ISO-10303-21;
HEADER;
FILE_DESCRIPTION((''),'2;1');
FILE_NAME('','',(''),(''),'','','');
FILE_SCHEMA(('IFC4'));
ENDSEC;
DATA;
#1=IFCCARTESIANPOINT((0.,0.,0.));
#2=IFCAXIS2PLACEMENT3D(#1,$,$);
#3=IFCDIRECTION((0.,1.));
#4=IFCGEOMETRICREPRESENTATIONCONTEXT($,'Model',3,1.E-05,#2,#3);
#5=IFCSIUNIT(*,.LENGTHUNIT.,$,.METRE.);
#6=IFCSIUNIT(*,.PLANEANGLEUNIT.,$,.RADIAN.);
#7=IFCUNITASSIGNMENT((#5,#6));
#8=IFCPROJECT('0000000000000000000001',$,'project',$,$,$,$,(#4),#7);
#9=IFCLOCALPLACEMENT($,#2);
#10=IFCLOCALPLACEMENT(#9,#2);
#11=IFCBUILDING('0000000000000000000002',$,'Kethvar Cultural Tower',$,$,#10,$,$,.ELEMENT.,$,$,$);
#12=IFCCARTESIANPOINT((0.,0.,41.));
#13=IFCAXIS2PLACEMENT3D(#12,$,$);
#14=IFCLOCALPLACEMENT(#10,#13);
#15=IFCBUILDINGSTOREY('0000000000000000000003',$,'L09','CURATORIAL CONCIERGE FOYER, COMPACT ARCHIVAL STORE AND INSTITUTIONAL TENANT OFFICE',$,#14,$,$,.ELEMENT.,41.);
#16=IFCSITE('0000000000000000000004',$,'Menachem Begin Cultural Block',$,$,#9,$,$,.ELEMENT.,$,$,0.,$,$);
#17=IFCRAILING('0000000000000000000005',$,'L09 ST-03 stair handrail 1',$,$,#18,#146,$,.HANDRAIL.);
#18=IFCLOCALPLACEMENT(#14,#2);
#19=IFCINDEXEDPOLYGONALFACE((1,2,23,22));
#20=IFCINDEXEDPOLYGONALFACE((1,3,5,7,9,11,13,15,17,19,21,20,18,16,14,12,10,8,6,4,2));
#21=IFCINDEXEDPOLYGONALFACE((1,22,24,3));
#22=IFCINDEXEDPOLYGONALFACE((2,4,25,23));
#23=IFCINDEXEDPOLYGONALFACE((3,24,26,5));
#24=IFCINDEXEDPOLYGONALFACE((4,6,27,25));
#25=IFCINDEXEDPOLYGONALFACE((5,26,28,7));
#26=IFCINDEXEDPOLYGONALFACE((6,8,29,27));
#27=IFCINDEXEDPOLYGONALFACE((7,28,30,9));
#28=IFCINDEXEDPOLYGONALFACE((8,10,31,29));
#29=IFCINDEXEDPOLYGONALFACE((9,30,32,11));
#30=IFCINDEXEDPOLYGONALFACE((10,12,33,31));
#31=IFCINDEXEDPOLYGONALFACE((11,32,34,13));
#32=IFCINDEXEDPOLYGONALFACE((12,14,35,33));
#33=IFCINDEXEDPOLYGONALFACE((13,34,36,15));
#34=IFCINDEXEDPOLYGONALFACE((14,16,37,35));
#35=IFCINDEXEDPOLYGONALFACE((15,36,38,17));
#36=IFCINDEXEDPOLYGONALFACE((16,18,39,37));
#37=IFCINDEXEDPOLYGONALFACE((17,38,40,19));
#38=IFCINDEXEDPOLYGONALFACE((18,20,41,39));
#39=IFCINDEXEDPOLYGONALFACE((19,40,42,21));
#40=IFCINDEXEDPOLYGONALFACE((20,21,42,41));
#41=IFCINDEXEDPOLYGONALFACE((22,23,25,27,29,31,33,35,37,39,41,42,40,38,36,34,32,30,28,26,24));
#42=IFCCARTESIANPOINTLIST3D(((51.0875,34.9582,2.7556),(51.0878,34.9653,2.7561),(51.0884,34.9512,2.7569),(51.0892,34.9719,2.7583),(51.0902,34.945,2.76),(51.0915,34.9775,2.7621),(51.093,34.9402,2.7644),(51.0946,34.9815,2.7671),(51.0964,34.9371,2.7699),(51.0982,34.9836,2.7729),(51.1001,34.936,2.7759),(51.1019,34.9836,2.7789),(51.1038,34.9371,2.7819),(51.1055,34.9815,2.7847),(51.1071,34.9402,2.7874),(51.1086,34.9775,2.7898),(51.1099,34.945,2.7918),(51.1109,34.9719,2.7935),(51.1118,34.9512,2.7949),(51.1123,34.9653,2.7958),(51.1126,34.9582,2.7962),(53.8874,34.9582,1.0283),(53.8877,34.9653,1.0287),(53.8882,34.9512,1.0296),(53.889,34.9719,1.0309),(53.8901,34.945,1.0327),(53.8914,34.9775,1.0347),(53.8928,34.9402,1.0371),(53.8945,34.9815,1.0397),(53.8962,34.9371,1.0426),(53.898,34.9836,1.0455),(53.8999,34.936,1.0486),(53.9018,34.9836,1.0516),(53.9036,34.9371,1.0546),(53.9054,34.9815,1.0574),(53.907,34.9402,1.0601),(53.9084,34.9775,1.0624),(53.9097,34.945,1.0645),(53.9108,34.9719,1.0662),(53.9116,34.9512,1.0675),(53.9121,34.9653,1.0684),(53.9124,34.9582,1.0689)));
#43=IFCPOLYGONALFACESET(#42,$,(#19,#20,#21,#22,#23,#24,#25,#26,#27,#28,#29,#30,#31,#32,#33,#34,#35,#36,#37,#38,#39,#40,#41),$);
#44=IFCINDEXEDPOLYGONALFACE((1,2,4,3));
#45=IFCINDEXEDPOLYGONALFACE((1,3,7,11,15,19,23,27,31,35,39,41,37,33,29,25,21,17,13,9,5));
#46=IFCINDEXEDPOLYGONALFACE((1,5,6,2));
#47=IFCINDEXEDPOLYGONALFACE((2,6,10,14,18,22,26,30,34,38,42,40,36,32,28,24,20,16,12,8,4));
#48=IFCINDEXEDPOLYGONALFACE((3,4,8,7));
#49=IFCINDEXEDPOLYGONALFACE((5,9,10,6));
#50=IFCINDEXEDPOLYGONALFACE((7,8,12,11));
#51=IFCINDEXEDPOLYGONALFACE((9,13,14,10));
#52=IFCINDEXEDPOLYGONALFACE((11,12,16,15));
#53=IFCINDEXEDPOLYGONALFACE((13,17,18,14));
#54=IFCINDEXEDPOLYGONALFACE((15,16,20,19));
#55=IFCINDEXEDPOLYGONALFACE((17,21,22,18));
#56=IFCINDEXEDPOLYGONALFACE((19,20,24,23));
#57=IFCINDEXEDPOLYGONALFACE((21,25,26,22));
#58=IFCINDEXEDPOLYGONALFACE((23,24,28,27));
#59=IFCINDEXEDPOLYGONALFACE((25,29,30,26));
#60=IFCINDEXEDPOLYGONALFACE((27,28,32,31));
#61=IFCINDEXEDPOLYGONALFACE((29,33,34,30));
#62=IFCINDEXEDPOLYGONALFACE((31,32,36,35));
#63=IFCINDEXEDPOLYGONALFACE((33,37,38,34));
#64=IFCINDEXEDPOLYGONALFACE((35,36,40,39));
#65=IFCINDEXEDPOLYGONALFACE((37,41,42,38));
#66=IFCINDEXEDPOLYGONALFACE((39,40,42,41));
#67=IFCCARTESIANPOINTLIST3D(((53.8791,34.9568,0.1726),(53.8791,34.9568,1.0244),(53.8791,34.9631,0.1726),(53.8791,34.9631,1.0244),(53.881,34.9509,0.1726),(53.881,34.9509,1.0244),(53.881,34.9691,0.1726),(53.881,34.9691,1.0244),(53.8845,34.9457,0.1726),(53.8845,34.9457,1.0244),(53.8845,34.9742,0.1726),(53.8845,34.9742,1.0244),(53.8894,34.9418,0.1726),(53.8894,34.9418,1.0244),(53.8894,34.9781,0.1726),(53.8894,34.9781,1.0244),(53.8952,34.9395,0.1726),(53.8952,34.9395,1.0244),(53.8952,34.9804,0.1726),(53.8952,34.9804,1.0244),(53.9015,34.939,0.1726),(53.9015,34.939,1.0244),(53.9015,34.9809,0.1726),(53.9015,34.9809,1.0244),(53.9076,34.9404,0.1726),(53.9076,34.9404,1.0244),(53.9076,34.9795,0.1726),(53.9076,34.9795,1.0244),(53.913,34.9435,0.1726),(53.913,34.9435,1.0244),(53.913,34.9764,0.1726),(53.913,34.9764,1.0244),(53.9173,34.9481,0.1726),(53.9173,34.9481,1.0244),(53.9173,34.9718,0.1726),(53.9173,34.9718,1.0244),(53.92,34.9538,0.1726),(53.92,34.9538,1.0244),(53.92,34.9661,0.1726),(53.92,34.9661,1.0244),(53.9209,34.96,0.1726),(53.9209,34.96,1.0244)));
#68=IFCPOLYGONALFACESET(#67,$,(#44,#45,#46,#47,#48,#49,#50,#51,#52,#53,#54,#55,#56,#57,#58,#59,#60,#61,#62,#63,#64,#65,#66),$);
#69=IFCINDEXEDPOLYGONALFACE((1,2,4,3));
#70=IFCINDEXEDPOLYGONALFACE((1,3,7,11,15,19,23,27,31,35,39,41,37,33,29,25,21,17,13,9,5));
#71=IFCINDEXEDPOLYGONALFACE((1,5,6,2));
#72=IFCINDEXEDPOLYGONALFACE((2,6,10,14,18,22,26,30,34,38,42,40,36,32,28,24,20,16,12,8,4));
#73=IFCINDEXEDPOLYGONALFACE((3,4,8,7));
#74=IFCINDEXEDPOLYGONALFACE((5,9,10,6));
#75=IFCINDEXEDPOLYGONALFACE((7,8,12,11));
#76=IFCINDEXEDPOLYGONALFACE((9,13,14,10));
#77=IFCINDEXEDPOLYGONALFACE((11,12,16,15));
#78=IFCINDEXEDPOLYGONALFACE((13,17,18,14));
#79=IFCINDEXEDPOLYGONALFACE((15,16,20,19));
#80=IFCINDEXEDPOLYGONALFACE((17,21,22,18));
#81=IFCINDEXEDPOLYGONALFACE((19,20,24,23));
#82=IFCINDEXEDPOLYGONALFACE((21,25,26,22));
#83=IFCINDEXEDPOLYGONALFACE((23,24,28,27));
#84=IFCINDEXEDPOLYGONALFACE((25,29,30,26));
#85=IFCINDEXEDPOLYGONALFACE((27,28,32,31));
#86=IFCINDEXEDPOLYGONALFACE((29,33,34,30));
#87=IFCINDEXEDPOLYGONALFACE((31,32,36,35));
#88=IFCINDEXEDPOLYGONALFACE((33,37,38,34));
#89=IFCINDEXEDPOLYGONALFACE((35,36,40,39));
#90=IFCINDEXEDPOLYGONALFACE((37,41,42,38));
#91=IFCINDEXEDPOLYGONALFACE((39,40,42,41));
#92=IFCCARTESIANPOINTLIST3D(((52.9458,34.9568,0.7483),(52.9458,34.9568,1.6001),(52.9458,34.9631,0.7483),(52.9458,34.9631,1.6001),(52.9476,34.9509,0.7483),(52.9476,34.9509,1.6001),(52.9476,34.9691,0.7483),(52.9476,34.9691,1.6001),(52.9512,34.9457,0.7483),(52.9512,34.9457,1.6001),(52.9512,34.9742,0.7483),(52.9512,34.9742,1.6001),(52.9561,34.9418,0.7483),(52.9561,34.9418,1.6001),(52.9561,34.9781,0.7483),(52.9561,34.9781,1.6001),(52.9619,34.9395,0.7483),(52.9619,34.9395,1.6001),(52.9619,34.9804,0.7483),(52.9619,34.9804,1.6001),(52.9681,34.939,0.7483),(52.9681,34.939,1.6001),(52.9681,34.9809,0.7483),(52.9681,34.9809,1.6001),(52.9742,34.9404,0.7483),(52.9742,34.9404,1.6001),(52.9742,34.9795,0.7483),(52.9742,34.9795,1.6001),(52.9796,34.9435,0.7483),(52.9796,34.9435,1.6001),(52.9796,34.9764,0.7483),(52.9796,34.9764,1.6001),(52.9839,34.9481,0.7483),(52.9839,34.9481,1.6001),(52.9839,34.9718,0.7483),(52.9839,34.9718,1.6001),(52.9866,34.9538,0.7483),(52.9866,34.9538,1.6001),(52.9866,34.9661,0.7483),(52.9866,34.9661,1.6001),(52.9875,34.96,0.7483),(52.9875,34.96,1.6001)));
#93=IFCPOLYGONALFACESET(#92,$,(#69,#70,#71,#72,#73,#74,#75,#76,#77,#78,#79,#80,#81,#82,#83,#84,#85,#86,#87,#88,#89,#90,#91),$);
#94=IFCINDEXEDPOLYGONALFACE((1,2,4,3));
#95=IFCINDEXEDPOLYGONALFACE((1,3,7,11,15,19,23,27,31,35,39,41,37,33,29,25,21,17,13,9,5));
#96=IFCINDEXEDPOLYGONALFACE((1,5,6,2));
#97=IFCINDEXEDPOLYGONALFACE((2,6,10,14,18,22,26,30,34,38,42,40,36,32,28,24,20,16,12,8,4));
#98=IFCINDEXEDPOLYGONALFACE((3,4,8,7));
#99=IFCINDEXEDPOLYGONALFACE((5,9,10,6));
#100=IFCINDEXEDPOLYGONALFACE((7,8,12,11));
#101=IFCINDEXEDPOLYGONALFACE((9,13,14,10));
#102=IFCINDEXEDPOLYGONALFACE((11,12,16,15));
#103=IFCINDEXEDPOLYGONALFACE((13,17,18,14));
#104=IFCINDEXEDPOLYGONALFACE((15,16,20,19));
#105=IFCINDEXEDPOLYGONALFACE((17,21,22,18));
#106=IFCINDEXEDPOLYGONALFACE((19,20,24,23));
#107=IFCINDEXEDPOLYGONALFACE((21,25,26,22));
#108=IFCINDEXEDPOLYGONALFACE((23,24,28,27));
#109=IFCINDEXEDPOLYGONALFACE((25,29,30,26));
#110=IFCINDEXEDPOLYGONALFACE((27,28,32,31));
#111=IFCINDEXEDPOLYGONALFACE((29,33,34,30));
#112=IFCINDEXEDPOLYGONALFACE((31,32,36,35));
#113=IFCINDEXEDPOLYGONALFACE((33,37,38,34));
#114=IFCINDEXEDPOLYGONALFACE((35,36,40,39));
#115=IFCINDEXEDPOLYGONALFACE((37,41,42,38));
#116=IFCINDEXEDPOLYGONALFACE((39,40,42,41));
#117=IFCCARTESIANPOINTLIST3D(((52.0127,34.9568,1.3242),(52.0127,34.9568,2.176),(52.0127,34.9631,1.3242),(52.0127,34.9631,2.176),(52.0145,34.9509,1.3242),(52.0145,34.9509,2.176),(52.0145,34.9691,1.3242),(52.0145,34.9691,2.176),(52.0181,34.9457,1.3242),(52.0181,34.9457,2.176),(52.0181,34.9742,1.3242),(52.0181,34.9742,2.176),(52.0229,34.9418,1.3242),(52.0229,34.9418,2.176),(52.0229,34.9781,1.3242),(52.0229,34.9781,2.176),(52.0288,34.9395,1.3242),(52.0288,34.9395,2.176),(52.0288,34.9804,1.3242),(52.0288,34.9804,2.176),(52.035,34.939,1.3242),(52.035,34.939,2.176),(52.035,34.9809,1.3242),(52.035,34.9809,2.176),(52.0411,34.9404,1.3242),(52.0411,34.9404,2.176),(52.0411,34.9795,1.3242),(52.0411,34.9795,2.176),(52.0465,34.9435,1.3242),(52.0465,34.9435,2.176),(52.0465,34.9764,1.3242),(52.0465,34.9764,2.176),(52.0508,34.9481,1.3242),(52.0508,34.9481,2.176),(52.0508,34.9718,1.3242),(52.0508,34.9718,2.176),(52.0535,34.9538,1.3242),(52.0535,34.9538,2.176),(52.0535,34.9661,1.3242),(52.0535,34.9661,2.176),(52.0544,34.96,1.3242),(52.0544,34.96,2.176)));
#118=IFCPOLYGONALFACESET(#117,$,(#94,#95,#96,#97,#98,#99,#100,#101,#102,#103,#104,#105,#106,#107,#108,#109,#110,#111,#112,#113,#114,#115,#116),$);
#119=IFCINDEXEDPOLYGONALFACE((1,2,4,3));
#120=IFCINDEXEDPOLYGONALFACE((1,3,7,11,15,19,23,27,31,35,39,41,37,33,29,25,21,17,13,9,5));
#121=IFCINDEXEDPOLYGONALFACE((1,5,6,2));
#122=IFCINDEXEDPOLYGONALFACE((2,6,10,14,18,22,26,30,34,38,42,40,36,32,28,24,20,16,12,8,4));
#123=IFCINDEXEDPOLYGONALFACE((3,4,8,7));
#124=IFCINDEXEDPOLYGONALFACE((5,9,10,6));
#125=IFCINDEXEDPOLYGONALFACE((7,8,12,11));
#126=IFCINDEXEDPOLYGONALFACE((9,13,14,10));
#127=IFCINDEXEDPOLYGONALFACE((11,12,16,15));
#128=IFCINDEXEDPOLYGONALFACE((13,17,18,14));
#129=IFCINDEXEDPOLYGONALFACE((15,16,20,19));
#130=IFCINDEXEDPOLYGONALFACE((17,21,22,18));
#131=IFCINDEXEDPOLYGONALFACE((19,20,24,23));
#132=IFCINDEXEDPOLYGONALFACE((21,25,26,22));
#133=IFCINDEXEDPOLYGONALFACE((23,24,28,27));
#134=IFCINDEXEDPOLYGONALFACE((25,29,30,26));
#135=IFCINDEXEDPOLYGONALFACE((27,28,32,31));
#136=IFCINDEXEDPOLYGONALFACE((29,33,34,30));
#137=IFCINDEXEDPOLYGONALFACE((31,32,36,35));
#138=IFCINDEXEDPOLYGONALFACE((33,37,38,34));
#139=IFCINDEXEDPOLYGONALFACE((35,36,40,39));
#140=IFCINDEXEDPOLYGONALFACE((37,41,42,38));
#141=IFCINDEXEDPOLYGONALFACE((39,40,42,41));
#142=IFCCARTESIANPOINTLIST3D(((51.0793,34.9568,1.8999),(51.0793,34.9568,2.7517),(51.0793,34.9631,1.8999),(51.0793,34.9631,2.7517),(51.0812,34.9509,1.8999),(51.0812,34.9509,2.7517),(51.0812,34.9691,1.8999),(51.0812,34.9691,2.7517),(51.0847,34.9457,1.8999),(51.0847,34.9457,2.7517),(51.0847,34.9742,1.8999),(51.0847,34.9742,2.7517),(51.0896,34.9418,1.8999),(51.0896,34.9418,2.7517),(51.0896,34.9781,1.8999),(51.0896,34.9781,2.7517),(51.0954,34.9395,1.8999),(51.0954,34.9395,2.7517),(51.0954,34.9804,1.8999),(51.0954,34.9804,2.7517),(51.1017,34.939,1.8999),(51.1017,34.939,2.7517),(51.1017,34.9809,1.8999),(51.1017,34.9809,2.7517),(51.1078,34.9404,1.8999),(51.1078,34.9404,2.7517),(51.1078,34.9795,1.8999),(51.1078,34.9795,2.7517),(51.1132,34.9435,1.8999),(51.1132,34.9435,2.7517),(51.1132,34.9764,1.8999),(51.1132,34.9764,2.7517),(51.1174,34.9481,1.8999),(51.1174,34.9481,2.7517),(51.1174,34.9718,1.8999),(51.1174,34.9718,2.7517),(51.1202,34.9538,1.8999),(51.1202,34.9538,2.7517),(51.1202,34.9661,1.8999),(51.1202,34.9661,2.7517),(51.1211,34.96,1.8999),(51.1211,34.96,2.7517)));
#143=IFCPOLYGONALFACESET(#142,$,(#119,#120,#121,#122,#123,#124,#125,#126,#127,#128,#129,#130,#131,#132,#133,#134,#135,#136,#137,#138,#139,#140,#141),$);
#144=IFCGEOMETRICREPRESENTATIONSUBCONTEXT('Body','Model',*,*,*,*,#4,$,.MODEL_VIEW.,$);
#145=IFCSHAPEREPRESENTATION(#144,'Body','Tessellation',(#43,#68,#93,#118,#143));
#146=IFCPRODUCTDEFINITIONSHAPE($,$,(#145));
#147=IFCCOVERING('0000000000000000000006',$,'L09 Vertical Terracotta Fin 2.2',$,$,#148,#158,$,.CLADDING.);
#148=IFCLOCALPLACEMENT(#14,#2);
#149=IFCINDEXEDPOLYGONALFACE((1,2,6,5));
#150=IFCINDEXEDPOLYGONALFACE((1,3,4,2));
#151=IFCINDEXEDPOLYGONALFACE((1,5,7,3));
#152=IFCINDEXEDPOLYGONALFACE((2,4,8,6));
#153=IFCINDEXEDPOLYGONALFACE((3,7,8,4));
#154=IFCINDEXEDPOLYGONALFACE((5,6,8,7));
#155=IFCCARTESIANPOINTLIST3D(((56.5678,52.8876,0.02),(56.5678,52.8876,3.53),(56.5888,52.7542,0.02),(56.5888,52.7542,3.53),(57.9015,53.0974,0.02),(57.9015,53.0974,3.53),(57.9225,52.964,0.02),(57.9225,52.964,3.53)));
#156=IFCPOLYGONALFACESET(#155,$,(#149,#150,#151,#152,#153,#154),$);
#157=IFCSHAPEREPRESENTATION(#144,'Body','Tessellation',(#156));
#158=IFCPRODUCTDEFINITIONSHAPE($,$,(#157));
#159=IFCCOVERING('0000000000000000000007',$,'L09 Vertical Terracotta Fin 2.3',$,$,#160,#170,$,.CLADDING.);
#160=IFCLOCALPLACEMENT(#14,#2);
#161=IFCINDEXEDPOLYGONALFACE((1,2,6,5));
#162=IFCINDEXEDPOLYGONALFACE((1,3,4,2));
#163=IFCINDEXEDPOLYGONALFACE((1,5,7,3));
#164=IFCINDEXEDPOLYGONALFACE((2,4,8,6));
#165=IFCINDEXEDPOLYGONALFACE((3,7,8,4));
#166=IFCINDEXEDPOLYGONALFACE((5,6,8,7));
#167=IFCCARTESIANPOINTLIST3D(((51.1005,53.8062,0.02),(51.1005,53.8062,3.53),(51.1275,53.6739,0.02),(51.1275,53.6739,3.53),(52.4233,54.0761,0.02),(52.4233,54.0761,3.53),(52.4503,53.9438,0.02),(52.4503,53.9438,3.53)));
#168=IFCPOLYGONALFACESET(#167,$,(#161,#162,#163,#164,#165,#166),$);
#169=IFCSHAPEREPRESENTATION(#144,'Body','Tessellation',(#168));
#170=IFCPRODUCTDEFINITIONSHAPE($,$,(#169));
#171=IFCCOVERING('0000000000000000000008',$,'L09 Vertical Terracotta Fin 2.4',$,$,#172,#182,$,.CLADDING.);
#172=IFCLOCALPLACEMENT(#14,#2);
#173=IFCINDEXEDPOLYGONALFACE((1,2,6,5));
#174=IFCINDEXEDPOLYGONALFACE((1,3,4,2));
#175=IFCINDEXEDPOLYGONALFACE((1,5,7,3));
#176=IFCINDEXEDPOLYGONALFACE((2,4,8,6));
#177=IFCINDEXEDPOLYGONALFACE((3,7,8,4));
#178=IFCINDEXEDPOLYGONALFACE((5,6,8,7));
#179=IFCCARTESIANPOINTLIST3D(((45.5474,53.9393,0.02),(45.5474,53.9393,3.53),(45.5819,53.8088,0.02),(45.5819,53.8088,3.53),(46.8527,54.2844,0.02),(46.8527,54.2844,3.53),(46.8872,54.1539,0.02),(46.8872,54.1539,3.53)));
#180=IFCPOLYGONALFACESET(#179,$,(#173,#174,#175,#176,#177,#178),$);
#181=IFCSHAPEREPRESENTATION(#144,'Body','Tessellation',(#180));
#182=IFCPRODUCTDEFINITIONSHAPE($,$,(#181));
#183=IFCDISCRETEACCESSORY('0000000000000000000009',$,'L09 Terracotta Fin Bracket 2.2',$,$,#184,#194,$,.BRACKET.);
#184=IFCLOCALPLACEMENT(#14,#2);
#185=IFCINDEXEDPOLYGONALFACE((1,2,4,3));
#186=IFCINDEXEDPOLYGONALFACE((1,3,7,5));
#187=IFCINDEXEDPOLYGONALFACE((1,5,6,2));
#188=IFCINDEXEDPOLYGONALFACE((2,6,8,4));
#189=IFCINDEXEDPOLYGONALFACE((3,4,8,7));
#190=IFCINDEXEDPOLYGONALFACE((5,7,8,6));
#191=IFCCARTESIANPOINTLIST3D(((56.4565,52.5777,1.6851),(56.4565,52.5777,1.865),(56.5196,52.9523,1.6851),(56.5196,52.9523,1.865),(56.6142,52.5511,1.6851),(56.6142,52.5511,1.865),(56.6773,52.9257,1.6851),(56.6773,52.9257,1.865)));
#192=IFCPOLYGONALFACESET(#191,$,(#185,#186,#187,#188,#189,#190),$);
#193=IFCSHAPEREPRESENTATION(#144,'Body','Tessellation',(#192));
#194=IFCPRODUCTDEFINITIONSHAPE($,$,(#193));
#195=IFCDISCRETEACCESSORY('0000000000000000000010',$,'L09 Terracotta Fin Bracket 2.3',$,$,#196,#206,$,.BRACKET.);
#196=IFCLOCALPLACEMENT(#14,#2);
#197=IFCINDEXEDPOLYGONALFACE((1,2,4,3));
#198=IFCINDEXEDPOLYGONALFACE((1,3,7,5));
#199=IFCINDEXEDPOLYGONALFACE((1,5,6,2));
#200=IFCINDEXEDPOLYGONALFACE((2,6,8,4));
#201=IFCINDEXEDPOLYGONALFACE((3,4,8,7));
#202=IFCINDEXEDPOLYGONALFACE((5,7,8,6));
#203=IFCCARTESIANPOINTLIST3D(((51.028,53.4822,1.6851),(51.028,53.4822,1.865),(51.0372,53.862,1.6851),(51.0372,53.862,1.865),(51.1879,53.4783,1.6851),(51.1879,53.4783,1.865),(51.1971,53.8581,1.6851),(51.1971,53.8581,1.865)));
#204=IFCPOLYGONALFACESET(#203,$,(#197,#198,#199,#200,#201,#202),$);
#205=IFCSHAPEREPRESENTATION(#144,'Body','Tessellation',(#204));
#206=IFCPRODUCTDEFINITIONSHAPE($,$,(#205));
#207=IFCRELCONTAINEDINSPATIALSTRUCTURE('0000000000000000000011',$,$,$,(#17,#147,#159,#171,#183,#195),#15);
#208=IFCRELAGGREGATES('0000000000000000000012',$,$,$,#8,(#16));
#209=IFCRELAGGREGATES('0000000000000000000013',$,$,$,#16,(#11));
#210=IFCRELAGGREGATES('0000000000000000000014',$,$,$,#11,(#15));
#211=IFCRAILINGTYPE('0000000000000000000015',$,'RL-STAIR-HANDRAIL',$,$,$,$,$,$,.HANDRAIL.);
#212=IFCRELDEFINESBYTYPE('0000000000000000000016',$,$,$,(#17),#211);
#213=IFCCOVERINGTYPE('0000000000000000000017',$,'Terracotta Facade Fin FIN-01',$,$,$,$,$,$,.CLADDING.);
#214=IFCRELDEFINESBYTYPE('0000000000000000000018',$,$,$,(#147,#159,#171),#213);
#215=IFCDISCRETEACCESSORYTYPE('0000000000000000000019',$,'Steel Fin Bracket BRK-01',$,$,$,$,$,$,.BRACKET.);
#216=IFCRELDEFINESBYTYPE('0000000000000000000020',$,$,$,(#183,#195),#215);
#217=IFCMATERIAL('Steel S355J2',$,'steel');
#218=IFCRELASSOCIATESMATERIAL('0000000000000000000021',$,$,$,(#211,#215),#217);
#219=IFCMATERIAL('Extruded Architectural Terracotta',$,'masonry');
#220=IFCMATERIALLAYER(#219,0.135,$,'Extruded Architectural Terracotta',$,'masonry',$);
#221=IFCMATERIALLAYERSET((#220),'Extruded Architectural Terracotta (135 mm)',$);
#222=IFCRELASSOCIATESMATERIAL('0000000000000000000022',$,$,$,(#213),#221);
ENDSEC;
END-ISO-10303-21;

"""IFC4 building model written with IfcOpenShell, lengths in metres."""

from ifc_helpers import new_model, si_unit, direction, frame, origin, origin_2d, place, context, subcontext, project, spatial, rectangle, circle, extrude, source, transform, mapped, material, layer, layer_set, type_object, element, save


model = new_model("IFC4")

# Units and contexts
model_context = context("Model", 3, precision=1e-05, world=origin(), true_north=direction((0.0, 1.0)))
body_context = subcontext(model_context, "Body", "Model", "MODEL_VIEW")
ifc_project = project(units=[si_unit("LENGTHUNIT", "METRE"), si_unit("PLANEANGLEUNIT", "RADIAN")], contexts=[model_context])

# Site, building, storey
site_placement = place(None, origin())
site = spatial("IfcSite", under=ifc_project, at=site_placement, Name="Menachem Begin Cultural Block", CompositionType="ELEMENT", RefElevation=0.0)
building_placement = place(site_placement, origin())
building = spatial("IfcBuilding", under=site, at=building_placement, Name="Kethvar Cultural Tower", CompositionType="ELEMENT")
storey_placement = place(building_placement, frame((0.0, 0.0, 41.0)))
storey = spatial("IfcBuildingStorey", under=building, at=storey_placement, Name="L09", Description="CURATORIAL CONCIERGE FOYER, COMPACT ARCHIVAL STORE AND INSTITUTIONAL TENANT OFFICE", CompositionType="ELEMENT", Elevation=41.0)

# Shared definitions
ifc_material_1 = material(Name="Steel S355J2", Category="steel")

# Railing
railing_type = type_object("IfcRailingType", Name="RL-STAIR-HANDRAIL", PredefinedType="HANDRAIL", material=ifc_material_1)
railing_placement = place(storey_placement, frame((53.8999, 34.96, 0.1726)))
element("IfcRailing", 1, at=railing_placement, inside=storey, type_object=railing_type, Name="L09 ST-03 stair handrail 1", PredefinedType="HANDRAIL", context=body_context, shape_type="SweptSolid", body=[
    extrude(circle(Radius=0.0239, at=origin_2d()), frame((0.0, 0.0, 0.876), z_axis=(-0.851069, 0.0, 0.525054), x_axis=(0.0, -1.0, 0.0)), (0.0, 0.0, 1.0), 3.2898),
    extrude(circle(Radius=0.021, at=origin_2d()), origin(), (0.0, 0.0, 1.0), 0.8518),
    extrude(circle(Radius=0.021, at=origin_2d()), frame((-0.9333, 0.0, 0.5757)), (0.0, 0.0, 1.0), 0.8518),
    extrude(circle(Radius=0.021, at=origin_2d()), frame((-1.8665, 0.0, 1.1516)), (0.0, 0.0, 1.0), 0.8518),
    extrude(circle(Radius=0.021, at=origin_2d()), frame((-2.7998, 0.0, 1.7273)), (0.0, 0.0, 1.0), 0.8518),
])

# Coverings
ifc_material_2 = material(Name="Extruded Architectural Terracotta", Category="masonry")
ifc_layer_1 = layer(ifc_material_2, 0.135, Name="Extruded Architectural Terracotta", Category="masonry")
ifc_layer_set_1 = layer_set([ifc_layer_1], Name="Extruded Architectural Terracotta (135 mm)")
covering_type = type_object("IfcCoveringType", Name="Terracotta Facade Fin FIN-01", PredefinedType="CLADDING", material=ifc_layer_set_1)
shared_shape_1 = source(origin(), body_context, "Body", "SweptSolid", [
    extrude(rectangle(XDim=1.3501, YDim=0.135, at=origin_2d()), origin(), (0.0, 0.0, 1.0), 3.51),
])
for number, where, z_axis, x_axis, name in (
    (2, (57.2451, 52.9258, 0.02), (0.0, 0.0, 1.0), (0.987852, 0.1554, 0.0), "L09 Vertical Terracotta Fin 2.2"),
    (3, (51.7754, 53.875, 0.02), (0.0, 0.0, 1.0), (0.97982, 0.199881, 0.0), "L09 Vertical Terracotta Fin 2.3"),
    (4, (46.2173, 54.0466, 0.02), (0.0, 0.0, 1.0), (0.966779, 0.255614, 0.0), "L09 Vertical Terracotta Fin 2.4"),
):
    element("IfcCovering", number, at=place(storey_placement, frame(where, z_axis=z_axis, x_axis=x_axis)), inside=storey, type_object=covering_type, Name=name, PredefinedType="CLADDING", context=body_context, shape_type="MappedRepresentation", body=[
        mapped(shared_shape_1, transform((0.0, 0.0, 0.0), scale=1.0)),
    ])

# Discrete accessories
discrete_accessory_type = type_object("IfcDiscreteAccessoryType", Name="Steel Fin Bracket BRK-01", PredefinedType="BRACKET", material=ifc_material_1)
shared_shape_2 = source(origin(), body_context, "Body", "SweptSolid", [
    extrude(rectangle(XDim=0.3799, YDim=0.1599, at=origin_2d()), origin(), (0.0, 0.0, 1.0), 0.1799),
])
for number, where, z_axis, x_axis, name in (
    (5, (56.5669, 52.7517, 1.6851), (0.0, 0.0, 1.0), (0.16608, 0.986112, 0.0), "L09 Terracotta Fin Bracket 2.2"),
    (6, (51.1125, 53.6702, 1.6851), (0.0, 0.0, 1.0), (0.024258, 0.999706, 0.0), "L09 Terracotta Fin Bracket 2.3"),
):
    element("IfcDiscreteAccessory", number, at=place(storey_placement, frame(where, z_axis=z_axis, x_axis=x_axis)), inside=storey, type_object=discrete_accessory_type, Name=name, PredefinedType="BRACKET", context=body_context, shape_type="MappedRepresentation", body=[
        mapped(shared_shape_2, transform((0.0, 0.0, 0.0), scale=1.0)),
    ])

save(model, "model.ifc")
